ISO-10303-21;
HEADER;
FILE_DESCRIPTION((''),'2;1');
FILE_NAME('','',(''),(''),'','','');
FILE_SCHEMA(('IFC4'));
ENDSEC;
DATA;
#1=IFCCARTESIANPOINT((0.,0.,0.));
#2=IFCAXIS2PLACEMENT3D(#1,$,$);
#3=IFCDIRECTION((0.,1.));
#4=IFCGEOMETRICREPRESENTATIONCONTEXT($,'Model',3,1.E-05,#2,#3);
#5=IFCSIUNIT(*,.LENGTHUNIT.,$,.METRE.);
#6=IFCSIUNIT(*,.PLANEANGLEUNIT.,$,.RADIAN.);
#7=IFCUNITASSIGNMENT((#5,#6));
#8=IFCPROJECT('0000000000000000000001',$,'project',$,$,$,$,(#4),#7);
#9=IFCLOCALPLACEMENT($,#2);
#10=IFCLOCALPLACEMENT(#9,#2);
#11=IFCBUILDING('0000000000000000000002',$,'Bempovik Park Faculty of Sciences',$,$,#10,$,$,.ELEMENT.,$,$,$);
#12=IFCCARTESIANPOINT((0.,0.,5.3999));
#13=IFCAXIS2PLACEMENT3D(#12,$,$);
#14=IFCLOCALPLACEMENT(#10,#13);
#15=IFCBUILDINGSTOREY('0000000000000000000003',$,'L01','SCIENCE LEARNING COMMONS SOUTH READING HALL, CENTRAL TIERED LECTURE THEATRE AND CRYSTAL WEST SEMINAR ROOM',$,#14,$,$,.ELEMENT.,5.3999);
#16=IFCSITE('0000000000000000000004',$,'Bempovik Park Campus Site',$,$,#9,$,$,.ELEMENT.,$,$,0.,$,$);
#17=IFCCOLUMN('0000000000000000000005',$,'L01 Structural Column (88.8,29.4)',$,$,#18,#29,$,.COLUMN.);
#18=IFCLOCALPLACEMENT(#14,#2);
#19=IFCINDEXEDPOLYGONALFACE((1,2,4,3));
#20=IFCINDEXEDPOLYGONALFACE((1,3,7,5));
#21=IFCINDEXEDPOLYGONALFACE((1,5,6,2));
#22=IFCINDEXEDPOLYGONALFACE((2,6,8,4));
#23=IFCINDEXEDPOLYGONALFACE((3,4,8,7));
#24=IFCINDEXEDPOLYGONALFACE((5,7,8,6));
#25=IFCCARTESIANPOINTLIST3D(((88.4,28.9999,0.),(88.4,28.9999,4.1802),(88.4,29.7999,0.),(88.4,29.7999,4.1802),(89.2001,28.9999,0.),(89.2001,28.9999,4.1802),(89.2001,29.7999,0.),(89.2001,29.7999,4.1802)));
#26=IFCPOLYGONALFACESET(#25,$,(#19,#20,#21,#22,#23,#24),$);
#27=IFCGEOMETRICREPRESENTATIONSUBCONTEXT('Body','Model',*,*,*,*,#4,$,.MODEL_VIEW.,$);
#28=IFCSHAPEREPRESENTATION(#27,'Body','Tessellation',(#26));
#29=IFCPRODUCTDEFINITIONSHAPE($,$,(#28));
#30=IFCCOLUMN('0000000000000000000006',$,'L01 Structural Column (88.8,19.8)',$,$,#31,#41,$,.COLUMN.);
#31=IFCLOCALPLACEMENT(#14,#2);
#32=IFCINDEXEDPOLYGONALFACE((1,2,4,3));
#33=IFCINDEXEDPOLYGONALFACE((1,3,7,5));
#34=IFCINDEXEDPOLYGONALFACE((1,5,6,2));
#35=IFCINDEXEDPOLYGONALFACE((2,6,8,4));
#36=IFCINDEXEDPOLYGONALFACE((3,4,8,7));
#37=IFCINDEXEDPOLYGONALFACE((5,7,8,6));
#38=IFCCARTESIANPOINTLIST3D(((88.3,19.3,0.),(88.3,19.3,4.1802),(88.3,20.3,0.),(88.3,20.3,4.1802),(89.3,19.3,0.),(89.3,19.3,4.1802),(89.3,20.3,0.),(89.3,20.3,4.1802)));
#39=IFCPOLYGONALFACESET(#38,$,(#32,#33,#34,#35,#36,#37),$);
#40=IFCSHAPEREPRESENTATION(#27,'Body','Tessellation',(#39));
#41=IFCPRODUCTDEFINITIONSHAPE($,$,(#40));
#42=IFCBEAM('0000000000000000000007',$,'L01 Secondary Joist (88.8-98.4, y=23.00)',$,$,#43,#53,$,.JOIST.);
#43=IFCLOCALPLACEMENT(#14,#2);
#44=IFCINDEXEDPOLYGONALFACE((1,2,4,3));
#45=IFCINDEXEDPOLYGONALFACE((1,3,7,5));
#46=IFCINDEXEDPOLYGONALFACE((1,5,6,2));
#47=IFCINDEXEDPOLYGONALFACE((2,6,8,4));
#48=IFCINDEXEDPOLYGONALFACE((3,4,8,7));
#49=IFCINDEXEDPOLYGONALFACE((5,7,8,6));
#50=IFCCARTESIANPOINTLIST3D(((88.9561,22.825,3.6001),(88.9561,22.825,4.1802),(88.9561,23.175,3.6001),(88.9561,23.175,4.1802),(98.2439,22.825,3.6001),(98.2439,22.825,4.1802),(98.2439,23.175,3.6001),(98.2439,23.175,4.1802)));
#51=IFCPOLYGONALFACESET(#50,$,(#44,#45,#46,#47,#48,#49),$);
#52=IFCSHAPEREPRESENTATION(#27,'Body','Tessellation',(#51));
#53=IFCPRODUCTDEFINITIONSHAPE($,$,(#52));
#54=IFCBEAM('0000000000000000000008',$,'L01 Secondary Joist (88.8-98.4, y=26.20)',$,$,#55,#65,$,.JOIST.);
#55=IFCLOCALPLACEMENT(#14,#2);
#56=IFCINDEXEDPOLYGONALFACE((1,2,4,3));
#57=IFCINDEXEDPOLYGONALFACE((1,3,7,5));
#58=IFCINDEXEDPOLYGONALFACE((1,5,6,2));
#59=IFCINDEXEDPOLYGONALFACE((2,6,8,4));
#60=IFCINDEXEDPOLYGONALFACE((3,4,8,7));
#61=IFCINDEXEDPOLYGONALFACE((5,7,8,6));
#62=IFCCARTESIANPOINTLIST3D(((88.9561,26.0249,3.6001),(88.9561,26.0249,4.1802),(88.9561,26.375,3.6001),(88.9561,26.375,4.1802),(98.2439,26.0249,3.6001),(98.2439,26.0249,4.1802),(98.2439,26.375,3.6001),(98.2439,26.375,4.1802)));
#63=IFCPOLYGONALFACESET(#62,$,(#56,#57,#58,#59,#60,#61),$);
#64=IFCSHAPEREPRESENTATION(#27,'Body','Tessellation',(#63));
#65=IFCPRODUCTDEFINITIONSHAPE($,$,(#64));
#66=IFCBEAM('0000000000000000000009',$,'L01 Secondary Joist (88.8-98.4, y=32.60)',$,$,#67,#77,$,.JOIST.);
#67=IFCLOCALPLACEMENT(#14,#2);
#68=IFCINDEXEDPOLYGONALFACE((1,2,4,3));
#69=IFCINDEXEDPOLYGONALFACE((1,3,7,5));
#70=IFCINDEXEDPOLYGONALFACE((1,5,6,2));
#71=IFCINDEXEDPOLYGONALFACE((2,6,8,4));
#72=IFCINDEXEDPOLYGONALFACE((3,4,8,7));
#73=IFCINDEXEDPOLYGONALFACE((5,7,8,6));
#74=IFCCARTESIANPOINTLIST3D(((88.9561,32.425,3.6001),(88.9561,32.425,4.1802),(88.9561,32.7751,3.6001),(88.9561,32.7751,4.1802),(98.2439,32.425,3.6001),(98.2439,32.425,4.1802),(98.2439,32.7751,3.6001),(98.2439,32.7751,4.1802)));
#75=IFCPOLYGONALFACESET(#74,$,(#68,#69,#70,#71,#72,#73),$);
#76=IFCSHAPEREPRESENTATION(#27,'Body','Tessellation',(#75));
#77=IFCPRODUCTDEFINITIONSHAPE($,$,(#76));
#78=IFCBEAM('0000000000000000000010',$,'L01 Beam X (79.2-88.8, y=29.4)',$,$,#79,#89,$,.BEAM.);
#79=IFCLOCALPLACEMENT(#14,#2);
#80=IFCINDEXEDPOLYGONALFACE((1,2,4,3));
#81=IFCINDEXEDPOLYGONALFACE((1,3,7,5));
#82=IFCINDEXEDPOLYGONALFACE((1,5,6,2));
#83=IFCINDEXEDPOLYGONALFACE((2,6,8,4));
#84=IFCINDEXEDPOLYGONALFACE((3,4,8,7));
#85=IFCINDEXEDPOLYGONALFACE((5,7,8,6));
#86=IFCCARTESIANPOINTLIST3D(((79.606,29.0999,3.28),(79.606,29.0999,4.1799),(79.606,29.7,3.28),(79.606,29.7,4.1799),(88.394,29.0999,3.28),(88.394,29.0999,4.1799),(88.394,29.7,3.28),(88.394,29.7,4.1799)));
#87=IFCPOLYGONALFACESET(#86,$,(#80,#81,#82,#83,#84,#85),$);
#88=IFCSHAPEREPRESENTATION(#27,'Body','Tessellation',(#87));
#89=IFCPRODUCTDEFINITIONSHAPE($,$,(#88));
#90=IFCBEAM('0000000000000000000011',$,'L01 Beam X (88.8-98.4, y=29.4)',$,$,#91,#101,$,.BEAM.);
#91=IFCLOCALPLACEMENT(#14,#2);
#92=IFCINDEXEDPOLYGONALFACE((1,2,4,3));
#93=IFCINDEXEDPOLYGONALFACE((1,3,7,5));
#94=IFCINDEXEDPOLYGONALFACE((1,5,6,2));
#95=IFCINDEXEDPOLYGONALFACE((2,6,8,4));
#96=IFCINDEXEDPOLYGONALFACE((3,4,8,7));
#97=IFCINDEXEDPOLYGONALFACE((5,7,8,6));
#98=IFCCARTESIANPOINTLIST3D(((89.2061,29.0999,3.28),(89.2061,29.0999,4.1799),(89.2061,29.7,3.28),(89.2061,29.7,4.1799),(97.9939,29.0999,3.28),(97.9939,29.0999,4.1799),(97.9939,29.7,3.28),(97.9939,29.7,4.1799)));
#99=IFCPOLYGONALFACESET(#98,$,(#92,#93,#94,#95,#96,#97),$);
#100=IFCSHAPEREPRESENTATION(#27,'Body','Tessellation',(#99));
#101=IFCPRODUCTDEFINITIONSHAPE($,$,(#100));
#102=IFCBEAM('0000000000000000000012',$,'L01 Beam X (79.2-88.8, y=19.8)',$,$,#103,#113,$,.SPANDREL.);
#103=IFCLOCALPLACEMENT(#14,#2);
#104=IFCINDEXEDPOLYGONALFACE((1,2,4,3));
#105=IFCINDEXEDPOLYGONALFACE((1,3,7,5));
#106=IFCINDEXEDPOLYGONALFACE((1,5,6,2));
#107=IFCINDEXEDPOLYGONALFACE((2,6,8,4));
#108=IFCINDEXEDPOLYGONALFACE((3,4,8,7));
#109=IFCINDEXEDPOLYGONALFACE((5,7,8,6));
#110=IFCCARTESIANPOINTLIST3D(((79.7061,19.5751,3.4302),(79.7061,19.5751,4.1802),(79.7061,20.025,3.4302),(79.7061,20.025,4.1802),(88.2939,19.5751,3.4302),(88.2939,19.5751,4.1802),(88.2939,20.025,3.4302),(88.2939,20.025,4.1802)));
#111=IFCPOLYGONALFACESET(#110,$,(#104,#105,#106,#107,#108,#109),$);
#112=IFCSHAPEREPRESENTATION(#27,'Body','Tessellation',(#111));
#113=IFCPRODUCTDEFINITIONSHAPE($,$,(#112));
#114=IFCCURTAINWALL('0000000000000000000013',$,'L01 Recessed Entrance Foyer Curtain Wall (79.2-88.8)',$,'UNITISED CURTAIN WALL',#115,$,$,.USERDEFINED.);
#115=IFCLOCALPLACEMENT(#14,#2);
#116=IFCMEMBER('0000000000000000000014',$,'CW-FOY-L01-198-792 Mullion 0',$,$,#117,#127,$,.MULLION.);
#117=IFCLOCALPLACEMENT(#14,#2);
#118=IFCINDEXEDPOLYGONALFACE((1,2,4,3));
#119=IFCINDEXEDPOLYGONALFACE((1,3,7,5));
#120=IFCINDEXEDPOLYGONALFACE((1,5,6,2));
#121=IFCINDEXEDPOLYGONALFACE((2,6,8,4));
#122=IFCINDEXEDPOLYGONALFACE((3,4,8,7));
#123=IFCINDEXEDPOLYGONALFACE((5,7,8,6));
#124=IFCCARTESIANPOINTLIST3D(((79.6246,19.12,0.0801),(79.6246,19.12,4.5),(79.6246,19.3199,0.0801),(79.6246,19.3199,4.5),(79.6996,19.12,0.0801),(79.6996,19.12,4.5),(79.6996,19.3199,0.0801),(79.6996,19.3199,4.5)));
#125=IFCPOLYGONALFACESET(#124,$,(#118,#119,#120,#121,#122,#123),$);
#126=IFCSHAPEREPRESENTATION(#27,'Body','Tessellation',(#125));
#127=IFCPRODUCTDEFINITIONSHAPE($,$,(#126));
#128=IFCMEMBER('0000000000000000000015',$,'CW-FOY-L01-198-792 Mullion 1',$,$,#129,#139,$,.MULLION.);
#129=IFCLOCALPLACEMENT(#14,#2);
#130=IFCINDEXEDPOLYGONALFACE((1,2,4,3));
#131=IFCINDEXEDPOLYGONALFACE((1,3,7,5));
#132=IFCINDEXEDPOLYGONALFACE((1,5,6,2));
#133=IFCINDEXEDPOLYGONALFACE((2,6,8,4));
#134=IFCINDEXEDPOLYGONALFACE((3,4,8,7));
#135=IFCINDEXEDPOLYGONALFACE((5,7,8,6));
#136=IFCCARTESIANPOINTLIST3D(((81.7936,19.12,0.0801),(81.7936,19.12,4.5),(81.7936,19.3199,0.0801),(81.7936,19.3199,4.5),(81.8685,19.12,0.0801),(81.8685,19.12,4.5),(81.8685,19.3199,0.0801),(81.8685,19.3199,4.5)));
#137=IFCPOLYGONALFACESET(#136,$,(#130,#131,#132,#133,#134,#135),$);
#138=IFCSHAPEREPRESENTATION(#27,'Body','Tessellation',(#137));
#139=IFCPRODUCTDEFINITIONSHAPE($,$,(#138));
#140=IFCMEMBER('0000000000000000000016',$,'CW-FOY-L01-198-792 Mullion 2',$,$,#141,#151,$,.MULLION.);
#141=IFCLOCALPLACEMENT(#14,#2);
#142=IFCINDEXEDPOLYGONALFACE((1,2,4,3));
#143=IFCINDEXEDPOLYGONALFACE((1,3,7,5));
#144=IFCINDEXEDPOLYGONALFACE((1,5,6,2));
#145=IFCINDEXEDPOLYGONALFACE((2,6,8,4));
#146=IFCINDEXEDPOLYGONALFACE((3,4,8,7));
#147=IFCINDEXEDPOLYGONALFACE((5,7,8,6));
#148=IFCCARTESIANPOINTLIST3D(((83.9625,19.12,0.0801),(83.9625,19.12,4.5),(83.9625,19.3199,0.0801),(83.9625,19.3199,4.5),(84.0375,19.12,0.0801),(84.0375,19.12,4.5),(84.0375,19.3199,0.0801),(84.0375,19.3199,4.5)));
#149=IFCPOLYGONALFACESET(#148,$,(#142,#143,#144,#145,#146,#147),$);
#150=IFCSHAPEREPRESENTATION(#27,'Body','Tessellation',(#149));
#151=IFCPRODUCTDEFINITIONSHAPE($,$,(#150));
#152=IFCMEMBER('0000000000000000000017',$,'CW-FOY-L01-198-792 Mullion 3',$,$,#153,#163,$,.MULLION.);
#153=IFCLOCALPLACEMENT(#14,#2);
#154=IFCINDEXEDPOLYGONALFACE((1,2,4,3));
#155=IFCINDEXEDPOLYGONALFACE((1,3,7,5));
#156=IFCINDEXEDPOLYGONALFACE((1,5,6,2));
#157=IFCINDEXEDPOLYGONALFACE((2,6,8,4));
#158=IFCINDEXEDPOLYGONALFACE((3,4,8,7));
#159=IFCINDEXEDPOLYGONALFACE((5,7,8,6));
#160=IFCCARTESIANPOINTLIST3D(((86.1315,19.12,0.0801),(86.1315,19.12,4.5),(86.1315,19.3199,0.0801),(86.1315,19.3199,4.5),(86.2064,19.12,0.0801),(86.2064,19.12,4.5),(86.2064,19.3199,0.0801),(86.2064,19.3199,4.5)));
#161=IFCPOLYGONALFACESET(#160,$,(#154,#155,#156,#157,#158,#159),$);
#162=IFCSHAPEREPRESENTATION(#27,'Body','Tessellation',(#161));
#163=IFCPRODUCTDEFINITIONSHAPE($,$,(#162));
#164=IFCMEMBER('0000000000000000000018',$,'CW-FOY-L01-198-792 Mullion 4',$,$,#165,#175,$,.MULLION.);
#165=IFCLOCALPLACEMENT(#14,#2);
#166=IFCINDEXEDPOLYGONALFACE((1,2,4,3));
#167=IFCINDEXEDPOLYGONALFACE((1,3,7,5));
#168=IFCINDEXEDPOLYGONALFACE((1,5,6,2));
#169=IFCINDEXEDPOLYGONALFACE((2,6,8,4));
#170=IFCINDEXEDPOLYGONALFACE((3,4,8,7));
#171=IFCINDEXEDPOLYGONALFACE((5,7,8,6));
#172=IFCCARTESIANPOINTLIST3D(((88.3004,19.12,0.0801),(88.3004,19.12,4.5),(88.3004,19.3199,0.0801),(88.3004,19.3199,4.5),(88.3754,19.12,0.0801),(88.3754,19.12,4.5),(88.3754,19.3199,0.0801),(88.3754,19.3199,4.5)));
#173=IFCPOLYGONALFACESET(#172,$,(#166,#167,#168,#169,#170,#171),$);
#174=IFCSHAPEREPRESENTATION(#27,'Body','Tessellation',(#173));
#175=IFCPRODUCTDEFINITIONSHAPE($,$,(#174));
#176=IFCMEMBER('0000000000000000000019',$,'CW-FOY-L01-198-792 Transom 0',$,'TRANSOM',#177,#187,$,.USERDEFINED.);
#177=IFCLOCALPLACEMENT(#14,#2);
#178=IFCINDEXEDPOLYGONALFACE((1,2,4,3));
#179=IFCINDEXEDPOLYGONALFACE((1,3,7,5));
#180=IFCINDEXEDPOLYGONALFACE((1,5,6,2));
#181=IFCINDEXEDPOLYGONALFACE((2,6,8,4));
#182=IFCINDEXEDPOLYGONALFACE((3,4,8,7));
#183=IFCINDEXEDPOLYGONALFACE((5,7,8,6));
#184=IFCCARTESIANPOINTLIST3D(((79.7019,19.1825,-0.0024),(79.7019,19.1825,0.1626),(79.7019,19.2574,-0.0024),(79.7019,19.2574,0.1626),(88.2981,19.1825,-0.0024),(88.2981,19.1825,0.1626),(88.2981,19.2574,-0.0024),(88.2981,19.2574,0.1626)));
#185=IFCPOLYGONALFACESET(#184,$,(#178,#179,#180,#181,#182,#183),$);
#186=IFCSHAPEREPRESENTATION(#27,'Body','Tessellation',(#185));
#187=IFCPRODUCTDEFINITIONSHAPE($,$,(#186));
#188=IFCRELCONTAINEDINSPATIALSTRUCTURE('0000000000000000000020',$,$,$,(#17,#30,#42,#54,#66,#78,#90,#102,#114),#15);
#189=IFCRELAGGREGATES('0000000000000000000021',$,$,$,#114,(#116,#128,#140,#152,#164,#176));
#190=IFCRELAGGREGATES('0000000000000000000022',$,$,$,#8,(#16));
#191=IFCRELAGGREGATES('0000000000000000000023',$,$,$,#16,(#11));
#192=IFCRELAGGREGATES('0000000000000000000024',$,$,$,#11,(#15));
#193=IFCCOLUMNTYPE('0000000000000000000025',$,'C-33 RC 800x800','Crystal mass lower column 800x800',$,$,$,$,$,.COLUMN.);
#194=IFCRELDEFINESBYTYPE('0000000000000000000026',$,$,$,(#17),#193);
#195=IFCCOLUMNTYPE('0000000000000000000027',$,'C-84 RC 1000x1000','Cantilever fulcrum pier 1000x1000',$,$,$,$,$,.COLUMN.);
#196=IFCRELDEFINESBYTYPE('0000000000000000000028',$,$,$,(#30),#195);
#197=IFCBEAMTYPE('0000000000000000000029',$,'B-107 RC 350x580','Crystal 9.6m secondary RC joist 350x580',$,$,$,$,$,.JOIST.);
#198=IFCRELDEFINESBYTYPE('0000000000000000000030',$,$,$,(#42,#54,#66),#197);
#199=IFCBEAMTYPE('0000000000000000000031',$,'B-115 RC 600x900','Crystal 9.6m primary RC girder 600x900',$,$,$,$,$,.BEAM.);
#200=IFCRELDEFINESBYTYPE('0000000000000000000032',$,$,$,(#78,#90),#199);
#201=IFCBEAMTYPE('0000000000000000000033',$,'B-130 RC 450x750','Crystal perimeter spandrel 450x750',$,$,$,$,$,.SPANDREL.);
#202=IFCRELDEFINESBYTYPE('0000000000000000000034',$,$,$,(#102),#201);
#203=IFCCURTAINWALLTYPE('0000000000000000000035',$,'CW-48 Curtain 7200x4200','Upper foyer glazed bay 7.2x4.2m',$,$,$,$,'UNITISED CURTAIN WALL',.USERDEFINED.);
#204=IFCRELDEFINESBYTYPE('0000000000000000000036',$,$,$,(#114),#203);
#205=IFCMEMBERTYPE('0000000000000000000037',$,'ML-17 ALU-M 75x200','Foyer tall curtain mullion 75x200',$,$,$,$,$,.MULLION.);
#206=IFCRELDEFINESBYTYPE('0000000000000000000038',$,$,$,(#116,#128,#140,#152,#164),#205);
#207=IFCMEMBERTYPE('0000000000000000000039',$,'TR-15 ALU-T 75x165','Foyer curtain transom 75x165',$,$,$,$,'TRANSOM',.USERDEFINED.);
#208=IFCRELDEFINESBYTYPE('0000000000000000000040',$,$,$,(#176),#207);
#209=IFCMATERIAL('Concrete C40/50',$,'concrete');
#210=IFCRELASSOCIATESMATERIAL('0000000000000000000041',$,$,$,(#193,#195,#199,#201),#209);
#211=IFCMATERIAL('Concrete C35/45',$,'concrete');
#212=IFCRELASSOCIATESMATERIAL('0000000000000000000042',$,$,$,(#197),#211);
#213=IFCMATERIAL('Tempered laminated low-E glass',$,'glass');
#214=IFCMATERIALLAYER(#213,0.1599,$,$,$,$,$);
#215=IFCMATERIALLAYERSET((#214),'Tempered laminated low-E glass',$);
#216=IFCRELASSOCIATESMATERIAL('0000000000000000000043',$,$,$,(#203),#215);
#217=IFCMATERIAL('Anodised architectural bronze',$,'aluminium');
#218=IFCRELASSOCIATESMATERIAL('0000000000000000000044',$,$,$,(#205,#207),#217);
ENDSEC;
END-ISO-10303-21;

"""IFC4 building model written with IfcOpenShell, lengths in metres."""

from ifc_helpers import new_model, si_unit, direction, frame, origin, origin_2d, place, context, subcontext, project, spatial, rectangle, extrude, material, layer, layer_set, material_profile, profile_set, type_object, element, aggregate, save


model = new_model("IFC4")

# Units and contexts
model_context = context("Model", 3, precision=1e-05, world=origin(), true_north=direction((0.0, 1.0)))
body_context = subcontext(model_context, "Body", "Model", "MODEL_VIEW")
ifc_project = project(units=[si_unit("LENGTHUNIT", "METRE"), si_unit("PLANEANGLEUNIT", "RADIAN")], contexts=[model_context])

# Site, building, storey
site_placement = place(None, origin())
site = spatial("IfcSite", under=ifc_project, at=site_placement, Name="Bempovik Park Campus Site", CompositionType="ELEMENT", RefElevation=0.0)
building_placement = place(site_placement, origin())
building = spatial("IfcBuilding", under=site, at=building_placement, Name="Bempovik Park Faculty of Sciences", CompositionType="ELEMENT")
storey_placement = place(building_placement, frame((0.0, 0.0, 5.3999)))
storey = spatial("IfcBuildingStorey", under=building, at=storey_placement, Name="L01", Description="SCIENCE LEARNING COMMONS SOUTH READING HALL, CENTRAL TIERED LECTURE THEATRE AND CRYSTAL WEST SEMINAR ROOM", CompositionType="ELEMENT", Elevation=5.3999)

# Columns
ifc_material_1 = material(Name="Concrete C40/50", Category="concrete")
ifc_material_profile_1 = material_profile(ifc_material_1, rectangle(XDim=0.8, YDim=0.8, at=origin_2d()), Name="RC 800x800")
ifc_profile_set_1 = profile_set([ifc_material_profile_1], Name="Concrete C40/50")
column_type_1 = type_object("IfcColumnType", Name="C-33 RC 800x800", Description="Crystal mass lower column 800x800", PredefinedType="COLUMN", material=ifc_profile_set_1)
column_1_placement = place(storey_placement, frame((88.8, 29.3999, 0.0), z_axis=(0.0, 0.0, 1.0), x_axis=(1.0, 0.0, 0.0)))
element("IfcColumn", 1, at=column_1_placement, inside=storey, type_object=column_type_1, Name="L01 Structural Column (88.8,29.4)", PredefinedType="COLUMN", context=body_context, shape_type="SweptSolid", body=[
    extrude(rectangle(XDim=0.8, YDim=0.8, at=origin_2d()), origin(), (0.0, 0.0, 1.0), 4.1802),
])
ifc_material_profile_2 = material_profile(ifc_material_1, rectangle(XDim=1.0, YDim=1.0, at=origin_2d()), Name="RC 1000x1000")
ifc_profile_set_2 = profile_set([ifc_material_profile_2], Name="Concrete C40/50")
column_type_2 = type_object("IfcColumnType", Name="C-84 RC 1000x1000", Description="Cantilever fulcrum pier 1000x1000", PredefinedType="COLUMN", material=ifc_profile_set_2)
column_2_placement = place(storey_placement, frame((88.8, 19.8, 0.0), z_axis=(0.0, 0.0, 1.0), x_axis=(1.0, 0.0, 0.0)))
element("IfcColumn", 2, at=column_2_placement, inside=storey, type_object=column_type_2, Name="L01 Structural Column (88.8,19.8)", PredefinedType="COLUMN", context=body_context, shape_type="SweptSolid", body=[
    extrude(rectangle(XDim=1.0, YDim=1.0, at=origin_2d()), origin(), (0.0, 0.0, 1.0), 4.1802),
])

# Beams
ifc_material_2 = material(Name="Concrete C35/45", Category="concrete")
ifc_material_profile_3 = material_profile(ifc_material_2, rectangle(XDim=0.3501, YDim=0.5801, at=origin_2d()), Name="RC 350x580")
ifc_profile_set_3 = profile_set([ifc_material_profile_3], Name="Concrete C35/45")
beam_type_1 = type_object("IfcBeamType", Name="B-107 RC 350x580", Description="Crystal 9.6m secondary RC joist 350x580", PredefinedType="JOIST", material=ifc_profile_set_3)
for number, where, z_axis, x_axis, name in (
    (3, (88.9561, 23.0, 3.8901), (1.0, 0.0, 0.0), (0.0, 1.0, 0.0), "L01 Secondary Joist (88.8-98.4, y=23.00)"),
    (4, (88.9561, 26.2, 3.8901), (1.0, 0.0, 0.0), (0.0, 1.0, 0.0), "L01 Secondary Joist (88.8-98.4, y=26.20)"),
    (5, (88.9561, 32.6001, 3.8901), (1.0, 0.0, 0.0), (0.0, 1.0, 0.0), "L01 Secondary Joist (88.8-98.4, y=32.60)"),
):
    element("IfcBeam", number, at=place(storey_placement, frame(where, z_axis=z_axis, x_axis=x_axis)), inside=storey, type_object=beam_type_1, Name=name, PredefinedType="JOIST", context=body_context, shape_type="SweptSolid", body=[
        extrude(rectangle(XDim=0.3501, YDim=0.5801, at=origin_2d()), origin(), (0.0, 0.0, 1.0), 9.2878),
    ])
ifc_material_profile_4 = material_profile(ifc_material_1, rectangle(XDim=0.6001, YDim=0.8999, at=origin_2d()), Name="RC 600x900")
ifc_profile_set_4 = profile_set([ifc_material_profile_4], Name="Concrete C40/50")
beam_type_2 = type_object("IfcBeamType", Name="B-115 RC 600x900", Description="Crystal 9.6m primary RC girder 600x900", PredefinedType="BEAM", material=ifc_profile_set_4)
beam_1_placement = place(storey_placement, frame((79.606, 29.3999, 3.73), z_axis=(1.0, 0.0, 0.0), x_axis=(0.0, 1.0, 0.0)))
element("IfcBeam", 6, at=beam_1_placement, inside=storey, type_object=beam_type_2, Name="L01 Beam X (79.2-88.8, y=29.4)", PredefinedType="BEAM", context=body_context, shape_type="SweptSolid", body=[
    extrude(rectangle(XDim=0.6001, YDim=0.8999, at=origin_2d()), origin(), (0.0, 0.0, 1.0), 8.7881),
])
beam_2_placement = place(storey_placement, frame((89.2061, 29.3999, 3.73), z_axis=(1.0, 0.0, 0.0), x_axis=(0.0, 1.0, 0.0)))
element("IfcBeam", 7, at=beam_2_placement, inside=storey, type_object=beam_type_2, Name="L01 Beam X (88.8-98.4, y=29.4)", PredefinedType="BEAM", context=body_context, shape_type="SweptSolid", body=[
    extrude(rectangle(XDim=0.6001, YDim=0.8999, at=origin_2d()), origin(), (0.0, 0.0, 1.0), 8.7878),
])
ifc_material_profile_5 = material_profile(ifc_material_1, rectangle(XDim=0.45, YDim=0.75, at=origin_2d()), Name="RC 450x750")
ifc_profile_set_5 = profile_set([ifc_material_profile_5], Name="Concrete C40/50")
beam_type_3 = type_object("IfcBeamType", Name="B-130 RC 450x750", Description="Crystal perimeter spandrel 450x750", PredefinedType="SPANDREL", material=ifc_profile_set_5)
beam_3_placement = place(storey_placement, frame((79.7061, 19.8, 3.8052), z_axis=(1.0, 0.0, 0.0), x_axis=(0.0, 1.0, 0.0)))
element("IfcBeam", 8, at=beam_3_placement, inside=storey, type_object=beam_type_3, Name="L01 Beam X (79.2-88.8, y=19.8)", PredefinedType="SPANDREL", context=body_context, shape_type="SweptSolid", body=[
    extrude(rectangle(XDim=0.45, YDim=0.75, at=origin_2d()), origin(), (0.0, 0.0, 1.0), 8.5879),
])

# Curtain wall, members
ifc_material_3 = material(Name="Tempered laminated low-E glass", Category="glass")
ifc_layer_1 = layer(ifc_material_3, 0.1599)
ifc_layer_set_1 = layer_set([ifc_layer_1], Name="Tempered laminated low-E glass")
curtain_wall_type = type_object("IfcCurtainWallType", Name="CW-48 Curtain 7200x4200", Description="Upper foyer glazed bay 7.2x4.2m", ElementType="UNITISED CURTAIN WALL", PredefinedType="USERDEFINED", material=ifc_layer_set_1)
curtain_wall_placement = place(storey_placement, origin())
curtain_wall = element("IfcCurtainWall", 9, at=curtain_wall_placement, inside=storey, type_object=curtain_wall_type, Name="L01 Recessed Entrance Foyer Curtain Wall (79.2-88.8)", ObjectType="UNITISED CURTAIN WALL", PredefinedType="USERDEFINED")
ifc_material_4 = material(Name="Anodised architectural bronze", Category="aluminium")
ifc_material_profile_6 = material_profile(ifc_material_4, rectangle(XDim=0.075, YDim=0.2, at=origin_2d()), Name="ALU-M 75x200")
ifc_profile_set_6 = profile_set([ifc_material_profile_6], Name="Anodised architectural bronze")
member_type_1 = type_object("IfcMemberType", Name="ML-17 ALU-M 75x200", Description="Foyer tall curtain mullion 75x200", PredefinedType="MULLION", material=ifc_profile_set_6)
member_1_placement = place(storey_placement, frame((79.6621, 19.22, 0.0801), z_axis=(0.0, 0.0, 1.0), x_axis=(1.0, 0.0, 0.0)))
member_1 = element("IfcMember", 10, at=member_1_placement, type_object=member_type_1, Name="CW-FOY-L01-198-792 Mullion 0", PredefinedType="MULLION", context=body_context, shape_type="SweptSolid", body=[
    extrude(rectangle(XDim=0.075, YDim=0.2, at=origin_2d()), origin(), (0.0, 0.0, 1.0), 4.4199),
])
member_2_placement = place(storey_placement, frame((81.8311, 19.22, 0.0801), z_axis=(0.0, 0.0, 1.0), x_axis=(1.0, 0.0, 0.0)))
member_2 = element("IfcMember", 11, at=member_2_placement, type_object=member_type_1, Name="CW-FOY-L01-198-792 Mullion 1", PredefinedType="MULLION", context=body_context, shape_type="SweptSolid", body=[
    extrude(rectangle(XDim=0.075, YDim=0.2, at=origin_2d()), origin(), (0.0, 0.0, 1.0), 4.4199),
])
member_3_placement = place(storey_placement, frame((84.0, 19.22, 0.0801), z_axis=(0.0, 0.0, 1.0), x_axis=(1.0, 0.0, 0.0)))
member_3 = element("IfcMember", 12, at=member_3_placement, type_object=member_type_1, Name="CW-FOY-L01-198-792 Mullion 2", PredefinedType="MULLION", context=body_context, shape_type="SweptSolid", body=[
    extrude(rectangle(XDim=0.075, YDim=0.2, at=origin_2d()), origin(), (0.0, 0.0, 1.0), 4.4199),
])
member_4_placement = place(storey_placement, frame((86.1689, 19.22, 0.0801), z_axis=(0.0, 0.0, 1.0), x_axis=(1.0, 0.0, 0.0)))
member_4 = element("IfcMember", 13, at=member_4_placement, type_object=member_type_1, Name="CW-FOY-L01-198-792 Mullion 3", PredefinedType="MULLION", context=body_context, shape_type="SweptSolid", body=[
    extrude(rectangle(XDim=0.075, YDim=0.2, at=origin_2d()), origin(), (0.0, 0.0, 1.0), 4.4199),
])
member_5_placement = place(storey_placement, frame((88.3379, 19.22, 0.0801), z_axis=(0.0, 0.0, 1.0), x_axis=(1.0, 0.0, 0.0)))
member_5 = element("IfcMember", 14, at=member_5_placement, type_object=member_type_1, Name="CW-FOY-L01-198-792 Mullion 4", PredefinedType="MULLION", context=body_context, shape_type="SweptSolid", body=[
    extrude(rectangle(XDim=0.075, YDim=0.2, at=origin_2d()), origin(), (0.0, 0.0, 1.0), 4.4199),
])
ifc_material_profile_7 = material_profile(ifc_material_4, rectangle(XDim=0.075, YDim=0.165, at=origin_2d()), Name="ALU-T 75x165")
ifc_profile_set_7 = profile_set([ifc_material_profile_7], Name="Anodised architectural bronze")
member_type_2 = type_object("IfcMemberType", Name="TR-15 ALU-T 75x165", Description="Foyer curtain transom 75x165", ElementType="TRANSOM", PredefinedType="USERDEFINED", material=ifc_profile_set_7)
member_6_placement = place(storey_placement, frame((79.7019, 19.22, 0.0801), z_axis=(1.0, 0.0, 0.0), x_axis=(0.0, 1.0, 0.0)))
member_6 = element("IfcMember", 15, at=member_6_placement, type_object=member_type_2, Name="CW-FOY-L01-198-792 Transom 0", ObjectType="TRANSOM", PredefinedType="USERDEFINED", context=body_context, shape_type="SweptSolid", body=[
    extrude(rectangle(XDim=0.075, YDim=0.165, at=origin_2d()), origin(), (0.0, 0.0, 1.0), 8.5962),
])
aggregate(curtain_wall, [member_1, member_2, member_3, member_4, member_5, member_6])

save(model, "model.ifc")
